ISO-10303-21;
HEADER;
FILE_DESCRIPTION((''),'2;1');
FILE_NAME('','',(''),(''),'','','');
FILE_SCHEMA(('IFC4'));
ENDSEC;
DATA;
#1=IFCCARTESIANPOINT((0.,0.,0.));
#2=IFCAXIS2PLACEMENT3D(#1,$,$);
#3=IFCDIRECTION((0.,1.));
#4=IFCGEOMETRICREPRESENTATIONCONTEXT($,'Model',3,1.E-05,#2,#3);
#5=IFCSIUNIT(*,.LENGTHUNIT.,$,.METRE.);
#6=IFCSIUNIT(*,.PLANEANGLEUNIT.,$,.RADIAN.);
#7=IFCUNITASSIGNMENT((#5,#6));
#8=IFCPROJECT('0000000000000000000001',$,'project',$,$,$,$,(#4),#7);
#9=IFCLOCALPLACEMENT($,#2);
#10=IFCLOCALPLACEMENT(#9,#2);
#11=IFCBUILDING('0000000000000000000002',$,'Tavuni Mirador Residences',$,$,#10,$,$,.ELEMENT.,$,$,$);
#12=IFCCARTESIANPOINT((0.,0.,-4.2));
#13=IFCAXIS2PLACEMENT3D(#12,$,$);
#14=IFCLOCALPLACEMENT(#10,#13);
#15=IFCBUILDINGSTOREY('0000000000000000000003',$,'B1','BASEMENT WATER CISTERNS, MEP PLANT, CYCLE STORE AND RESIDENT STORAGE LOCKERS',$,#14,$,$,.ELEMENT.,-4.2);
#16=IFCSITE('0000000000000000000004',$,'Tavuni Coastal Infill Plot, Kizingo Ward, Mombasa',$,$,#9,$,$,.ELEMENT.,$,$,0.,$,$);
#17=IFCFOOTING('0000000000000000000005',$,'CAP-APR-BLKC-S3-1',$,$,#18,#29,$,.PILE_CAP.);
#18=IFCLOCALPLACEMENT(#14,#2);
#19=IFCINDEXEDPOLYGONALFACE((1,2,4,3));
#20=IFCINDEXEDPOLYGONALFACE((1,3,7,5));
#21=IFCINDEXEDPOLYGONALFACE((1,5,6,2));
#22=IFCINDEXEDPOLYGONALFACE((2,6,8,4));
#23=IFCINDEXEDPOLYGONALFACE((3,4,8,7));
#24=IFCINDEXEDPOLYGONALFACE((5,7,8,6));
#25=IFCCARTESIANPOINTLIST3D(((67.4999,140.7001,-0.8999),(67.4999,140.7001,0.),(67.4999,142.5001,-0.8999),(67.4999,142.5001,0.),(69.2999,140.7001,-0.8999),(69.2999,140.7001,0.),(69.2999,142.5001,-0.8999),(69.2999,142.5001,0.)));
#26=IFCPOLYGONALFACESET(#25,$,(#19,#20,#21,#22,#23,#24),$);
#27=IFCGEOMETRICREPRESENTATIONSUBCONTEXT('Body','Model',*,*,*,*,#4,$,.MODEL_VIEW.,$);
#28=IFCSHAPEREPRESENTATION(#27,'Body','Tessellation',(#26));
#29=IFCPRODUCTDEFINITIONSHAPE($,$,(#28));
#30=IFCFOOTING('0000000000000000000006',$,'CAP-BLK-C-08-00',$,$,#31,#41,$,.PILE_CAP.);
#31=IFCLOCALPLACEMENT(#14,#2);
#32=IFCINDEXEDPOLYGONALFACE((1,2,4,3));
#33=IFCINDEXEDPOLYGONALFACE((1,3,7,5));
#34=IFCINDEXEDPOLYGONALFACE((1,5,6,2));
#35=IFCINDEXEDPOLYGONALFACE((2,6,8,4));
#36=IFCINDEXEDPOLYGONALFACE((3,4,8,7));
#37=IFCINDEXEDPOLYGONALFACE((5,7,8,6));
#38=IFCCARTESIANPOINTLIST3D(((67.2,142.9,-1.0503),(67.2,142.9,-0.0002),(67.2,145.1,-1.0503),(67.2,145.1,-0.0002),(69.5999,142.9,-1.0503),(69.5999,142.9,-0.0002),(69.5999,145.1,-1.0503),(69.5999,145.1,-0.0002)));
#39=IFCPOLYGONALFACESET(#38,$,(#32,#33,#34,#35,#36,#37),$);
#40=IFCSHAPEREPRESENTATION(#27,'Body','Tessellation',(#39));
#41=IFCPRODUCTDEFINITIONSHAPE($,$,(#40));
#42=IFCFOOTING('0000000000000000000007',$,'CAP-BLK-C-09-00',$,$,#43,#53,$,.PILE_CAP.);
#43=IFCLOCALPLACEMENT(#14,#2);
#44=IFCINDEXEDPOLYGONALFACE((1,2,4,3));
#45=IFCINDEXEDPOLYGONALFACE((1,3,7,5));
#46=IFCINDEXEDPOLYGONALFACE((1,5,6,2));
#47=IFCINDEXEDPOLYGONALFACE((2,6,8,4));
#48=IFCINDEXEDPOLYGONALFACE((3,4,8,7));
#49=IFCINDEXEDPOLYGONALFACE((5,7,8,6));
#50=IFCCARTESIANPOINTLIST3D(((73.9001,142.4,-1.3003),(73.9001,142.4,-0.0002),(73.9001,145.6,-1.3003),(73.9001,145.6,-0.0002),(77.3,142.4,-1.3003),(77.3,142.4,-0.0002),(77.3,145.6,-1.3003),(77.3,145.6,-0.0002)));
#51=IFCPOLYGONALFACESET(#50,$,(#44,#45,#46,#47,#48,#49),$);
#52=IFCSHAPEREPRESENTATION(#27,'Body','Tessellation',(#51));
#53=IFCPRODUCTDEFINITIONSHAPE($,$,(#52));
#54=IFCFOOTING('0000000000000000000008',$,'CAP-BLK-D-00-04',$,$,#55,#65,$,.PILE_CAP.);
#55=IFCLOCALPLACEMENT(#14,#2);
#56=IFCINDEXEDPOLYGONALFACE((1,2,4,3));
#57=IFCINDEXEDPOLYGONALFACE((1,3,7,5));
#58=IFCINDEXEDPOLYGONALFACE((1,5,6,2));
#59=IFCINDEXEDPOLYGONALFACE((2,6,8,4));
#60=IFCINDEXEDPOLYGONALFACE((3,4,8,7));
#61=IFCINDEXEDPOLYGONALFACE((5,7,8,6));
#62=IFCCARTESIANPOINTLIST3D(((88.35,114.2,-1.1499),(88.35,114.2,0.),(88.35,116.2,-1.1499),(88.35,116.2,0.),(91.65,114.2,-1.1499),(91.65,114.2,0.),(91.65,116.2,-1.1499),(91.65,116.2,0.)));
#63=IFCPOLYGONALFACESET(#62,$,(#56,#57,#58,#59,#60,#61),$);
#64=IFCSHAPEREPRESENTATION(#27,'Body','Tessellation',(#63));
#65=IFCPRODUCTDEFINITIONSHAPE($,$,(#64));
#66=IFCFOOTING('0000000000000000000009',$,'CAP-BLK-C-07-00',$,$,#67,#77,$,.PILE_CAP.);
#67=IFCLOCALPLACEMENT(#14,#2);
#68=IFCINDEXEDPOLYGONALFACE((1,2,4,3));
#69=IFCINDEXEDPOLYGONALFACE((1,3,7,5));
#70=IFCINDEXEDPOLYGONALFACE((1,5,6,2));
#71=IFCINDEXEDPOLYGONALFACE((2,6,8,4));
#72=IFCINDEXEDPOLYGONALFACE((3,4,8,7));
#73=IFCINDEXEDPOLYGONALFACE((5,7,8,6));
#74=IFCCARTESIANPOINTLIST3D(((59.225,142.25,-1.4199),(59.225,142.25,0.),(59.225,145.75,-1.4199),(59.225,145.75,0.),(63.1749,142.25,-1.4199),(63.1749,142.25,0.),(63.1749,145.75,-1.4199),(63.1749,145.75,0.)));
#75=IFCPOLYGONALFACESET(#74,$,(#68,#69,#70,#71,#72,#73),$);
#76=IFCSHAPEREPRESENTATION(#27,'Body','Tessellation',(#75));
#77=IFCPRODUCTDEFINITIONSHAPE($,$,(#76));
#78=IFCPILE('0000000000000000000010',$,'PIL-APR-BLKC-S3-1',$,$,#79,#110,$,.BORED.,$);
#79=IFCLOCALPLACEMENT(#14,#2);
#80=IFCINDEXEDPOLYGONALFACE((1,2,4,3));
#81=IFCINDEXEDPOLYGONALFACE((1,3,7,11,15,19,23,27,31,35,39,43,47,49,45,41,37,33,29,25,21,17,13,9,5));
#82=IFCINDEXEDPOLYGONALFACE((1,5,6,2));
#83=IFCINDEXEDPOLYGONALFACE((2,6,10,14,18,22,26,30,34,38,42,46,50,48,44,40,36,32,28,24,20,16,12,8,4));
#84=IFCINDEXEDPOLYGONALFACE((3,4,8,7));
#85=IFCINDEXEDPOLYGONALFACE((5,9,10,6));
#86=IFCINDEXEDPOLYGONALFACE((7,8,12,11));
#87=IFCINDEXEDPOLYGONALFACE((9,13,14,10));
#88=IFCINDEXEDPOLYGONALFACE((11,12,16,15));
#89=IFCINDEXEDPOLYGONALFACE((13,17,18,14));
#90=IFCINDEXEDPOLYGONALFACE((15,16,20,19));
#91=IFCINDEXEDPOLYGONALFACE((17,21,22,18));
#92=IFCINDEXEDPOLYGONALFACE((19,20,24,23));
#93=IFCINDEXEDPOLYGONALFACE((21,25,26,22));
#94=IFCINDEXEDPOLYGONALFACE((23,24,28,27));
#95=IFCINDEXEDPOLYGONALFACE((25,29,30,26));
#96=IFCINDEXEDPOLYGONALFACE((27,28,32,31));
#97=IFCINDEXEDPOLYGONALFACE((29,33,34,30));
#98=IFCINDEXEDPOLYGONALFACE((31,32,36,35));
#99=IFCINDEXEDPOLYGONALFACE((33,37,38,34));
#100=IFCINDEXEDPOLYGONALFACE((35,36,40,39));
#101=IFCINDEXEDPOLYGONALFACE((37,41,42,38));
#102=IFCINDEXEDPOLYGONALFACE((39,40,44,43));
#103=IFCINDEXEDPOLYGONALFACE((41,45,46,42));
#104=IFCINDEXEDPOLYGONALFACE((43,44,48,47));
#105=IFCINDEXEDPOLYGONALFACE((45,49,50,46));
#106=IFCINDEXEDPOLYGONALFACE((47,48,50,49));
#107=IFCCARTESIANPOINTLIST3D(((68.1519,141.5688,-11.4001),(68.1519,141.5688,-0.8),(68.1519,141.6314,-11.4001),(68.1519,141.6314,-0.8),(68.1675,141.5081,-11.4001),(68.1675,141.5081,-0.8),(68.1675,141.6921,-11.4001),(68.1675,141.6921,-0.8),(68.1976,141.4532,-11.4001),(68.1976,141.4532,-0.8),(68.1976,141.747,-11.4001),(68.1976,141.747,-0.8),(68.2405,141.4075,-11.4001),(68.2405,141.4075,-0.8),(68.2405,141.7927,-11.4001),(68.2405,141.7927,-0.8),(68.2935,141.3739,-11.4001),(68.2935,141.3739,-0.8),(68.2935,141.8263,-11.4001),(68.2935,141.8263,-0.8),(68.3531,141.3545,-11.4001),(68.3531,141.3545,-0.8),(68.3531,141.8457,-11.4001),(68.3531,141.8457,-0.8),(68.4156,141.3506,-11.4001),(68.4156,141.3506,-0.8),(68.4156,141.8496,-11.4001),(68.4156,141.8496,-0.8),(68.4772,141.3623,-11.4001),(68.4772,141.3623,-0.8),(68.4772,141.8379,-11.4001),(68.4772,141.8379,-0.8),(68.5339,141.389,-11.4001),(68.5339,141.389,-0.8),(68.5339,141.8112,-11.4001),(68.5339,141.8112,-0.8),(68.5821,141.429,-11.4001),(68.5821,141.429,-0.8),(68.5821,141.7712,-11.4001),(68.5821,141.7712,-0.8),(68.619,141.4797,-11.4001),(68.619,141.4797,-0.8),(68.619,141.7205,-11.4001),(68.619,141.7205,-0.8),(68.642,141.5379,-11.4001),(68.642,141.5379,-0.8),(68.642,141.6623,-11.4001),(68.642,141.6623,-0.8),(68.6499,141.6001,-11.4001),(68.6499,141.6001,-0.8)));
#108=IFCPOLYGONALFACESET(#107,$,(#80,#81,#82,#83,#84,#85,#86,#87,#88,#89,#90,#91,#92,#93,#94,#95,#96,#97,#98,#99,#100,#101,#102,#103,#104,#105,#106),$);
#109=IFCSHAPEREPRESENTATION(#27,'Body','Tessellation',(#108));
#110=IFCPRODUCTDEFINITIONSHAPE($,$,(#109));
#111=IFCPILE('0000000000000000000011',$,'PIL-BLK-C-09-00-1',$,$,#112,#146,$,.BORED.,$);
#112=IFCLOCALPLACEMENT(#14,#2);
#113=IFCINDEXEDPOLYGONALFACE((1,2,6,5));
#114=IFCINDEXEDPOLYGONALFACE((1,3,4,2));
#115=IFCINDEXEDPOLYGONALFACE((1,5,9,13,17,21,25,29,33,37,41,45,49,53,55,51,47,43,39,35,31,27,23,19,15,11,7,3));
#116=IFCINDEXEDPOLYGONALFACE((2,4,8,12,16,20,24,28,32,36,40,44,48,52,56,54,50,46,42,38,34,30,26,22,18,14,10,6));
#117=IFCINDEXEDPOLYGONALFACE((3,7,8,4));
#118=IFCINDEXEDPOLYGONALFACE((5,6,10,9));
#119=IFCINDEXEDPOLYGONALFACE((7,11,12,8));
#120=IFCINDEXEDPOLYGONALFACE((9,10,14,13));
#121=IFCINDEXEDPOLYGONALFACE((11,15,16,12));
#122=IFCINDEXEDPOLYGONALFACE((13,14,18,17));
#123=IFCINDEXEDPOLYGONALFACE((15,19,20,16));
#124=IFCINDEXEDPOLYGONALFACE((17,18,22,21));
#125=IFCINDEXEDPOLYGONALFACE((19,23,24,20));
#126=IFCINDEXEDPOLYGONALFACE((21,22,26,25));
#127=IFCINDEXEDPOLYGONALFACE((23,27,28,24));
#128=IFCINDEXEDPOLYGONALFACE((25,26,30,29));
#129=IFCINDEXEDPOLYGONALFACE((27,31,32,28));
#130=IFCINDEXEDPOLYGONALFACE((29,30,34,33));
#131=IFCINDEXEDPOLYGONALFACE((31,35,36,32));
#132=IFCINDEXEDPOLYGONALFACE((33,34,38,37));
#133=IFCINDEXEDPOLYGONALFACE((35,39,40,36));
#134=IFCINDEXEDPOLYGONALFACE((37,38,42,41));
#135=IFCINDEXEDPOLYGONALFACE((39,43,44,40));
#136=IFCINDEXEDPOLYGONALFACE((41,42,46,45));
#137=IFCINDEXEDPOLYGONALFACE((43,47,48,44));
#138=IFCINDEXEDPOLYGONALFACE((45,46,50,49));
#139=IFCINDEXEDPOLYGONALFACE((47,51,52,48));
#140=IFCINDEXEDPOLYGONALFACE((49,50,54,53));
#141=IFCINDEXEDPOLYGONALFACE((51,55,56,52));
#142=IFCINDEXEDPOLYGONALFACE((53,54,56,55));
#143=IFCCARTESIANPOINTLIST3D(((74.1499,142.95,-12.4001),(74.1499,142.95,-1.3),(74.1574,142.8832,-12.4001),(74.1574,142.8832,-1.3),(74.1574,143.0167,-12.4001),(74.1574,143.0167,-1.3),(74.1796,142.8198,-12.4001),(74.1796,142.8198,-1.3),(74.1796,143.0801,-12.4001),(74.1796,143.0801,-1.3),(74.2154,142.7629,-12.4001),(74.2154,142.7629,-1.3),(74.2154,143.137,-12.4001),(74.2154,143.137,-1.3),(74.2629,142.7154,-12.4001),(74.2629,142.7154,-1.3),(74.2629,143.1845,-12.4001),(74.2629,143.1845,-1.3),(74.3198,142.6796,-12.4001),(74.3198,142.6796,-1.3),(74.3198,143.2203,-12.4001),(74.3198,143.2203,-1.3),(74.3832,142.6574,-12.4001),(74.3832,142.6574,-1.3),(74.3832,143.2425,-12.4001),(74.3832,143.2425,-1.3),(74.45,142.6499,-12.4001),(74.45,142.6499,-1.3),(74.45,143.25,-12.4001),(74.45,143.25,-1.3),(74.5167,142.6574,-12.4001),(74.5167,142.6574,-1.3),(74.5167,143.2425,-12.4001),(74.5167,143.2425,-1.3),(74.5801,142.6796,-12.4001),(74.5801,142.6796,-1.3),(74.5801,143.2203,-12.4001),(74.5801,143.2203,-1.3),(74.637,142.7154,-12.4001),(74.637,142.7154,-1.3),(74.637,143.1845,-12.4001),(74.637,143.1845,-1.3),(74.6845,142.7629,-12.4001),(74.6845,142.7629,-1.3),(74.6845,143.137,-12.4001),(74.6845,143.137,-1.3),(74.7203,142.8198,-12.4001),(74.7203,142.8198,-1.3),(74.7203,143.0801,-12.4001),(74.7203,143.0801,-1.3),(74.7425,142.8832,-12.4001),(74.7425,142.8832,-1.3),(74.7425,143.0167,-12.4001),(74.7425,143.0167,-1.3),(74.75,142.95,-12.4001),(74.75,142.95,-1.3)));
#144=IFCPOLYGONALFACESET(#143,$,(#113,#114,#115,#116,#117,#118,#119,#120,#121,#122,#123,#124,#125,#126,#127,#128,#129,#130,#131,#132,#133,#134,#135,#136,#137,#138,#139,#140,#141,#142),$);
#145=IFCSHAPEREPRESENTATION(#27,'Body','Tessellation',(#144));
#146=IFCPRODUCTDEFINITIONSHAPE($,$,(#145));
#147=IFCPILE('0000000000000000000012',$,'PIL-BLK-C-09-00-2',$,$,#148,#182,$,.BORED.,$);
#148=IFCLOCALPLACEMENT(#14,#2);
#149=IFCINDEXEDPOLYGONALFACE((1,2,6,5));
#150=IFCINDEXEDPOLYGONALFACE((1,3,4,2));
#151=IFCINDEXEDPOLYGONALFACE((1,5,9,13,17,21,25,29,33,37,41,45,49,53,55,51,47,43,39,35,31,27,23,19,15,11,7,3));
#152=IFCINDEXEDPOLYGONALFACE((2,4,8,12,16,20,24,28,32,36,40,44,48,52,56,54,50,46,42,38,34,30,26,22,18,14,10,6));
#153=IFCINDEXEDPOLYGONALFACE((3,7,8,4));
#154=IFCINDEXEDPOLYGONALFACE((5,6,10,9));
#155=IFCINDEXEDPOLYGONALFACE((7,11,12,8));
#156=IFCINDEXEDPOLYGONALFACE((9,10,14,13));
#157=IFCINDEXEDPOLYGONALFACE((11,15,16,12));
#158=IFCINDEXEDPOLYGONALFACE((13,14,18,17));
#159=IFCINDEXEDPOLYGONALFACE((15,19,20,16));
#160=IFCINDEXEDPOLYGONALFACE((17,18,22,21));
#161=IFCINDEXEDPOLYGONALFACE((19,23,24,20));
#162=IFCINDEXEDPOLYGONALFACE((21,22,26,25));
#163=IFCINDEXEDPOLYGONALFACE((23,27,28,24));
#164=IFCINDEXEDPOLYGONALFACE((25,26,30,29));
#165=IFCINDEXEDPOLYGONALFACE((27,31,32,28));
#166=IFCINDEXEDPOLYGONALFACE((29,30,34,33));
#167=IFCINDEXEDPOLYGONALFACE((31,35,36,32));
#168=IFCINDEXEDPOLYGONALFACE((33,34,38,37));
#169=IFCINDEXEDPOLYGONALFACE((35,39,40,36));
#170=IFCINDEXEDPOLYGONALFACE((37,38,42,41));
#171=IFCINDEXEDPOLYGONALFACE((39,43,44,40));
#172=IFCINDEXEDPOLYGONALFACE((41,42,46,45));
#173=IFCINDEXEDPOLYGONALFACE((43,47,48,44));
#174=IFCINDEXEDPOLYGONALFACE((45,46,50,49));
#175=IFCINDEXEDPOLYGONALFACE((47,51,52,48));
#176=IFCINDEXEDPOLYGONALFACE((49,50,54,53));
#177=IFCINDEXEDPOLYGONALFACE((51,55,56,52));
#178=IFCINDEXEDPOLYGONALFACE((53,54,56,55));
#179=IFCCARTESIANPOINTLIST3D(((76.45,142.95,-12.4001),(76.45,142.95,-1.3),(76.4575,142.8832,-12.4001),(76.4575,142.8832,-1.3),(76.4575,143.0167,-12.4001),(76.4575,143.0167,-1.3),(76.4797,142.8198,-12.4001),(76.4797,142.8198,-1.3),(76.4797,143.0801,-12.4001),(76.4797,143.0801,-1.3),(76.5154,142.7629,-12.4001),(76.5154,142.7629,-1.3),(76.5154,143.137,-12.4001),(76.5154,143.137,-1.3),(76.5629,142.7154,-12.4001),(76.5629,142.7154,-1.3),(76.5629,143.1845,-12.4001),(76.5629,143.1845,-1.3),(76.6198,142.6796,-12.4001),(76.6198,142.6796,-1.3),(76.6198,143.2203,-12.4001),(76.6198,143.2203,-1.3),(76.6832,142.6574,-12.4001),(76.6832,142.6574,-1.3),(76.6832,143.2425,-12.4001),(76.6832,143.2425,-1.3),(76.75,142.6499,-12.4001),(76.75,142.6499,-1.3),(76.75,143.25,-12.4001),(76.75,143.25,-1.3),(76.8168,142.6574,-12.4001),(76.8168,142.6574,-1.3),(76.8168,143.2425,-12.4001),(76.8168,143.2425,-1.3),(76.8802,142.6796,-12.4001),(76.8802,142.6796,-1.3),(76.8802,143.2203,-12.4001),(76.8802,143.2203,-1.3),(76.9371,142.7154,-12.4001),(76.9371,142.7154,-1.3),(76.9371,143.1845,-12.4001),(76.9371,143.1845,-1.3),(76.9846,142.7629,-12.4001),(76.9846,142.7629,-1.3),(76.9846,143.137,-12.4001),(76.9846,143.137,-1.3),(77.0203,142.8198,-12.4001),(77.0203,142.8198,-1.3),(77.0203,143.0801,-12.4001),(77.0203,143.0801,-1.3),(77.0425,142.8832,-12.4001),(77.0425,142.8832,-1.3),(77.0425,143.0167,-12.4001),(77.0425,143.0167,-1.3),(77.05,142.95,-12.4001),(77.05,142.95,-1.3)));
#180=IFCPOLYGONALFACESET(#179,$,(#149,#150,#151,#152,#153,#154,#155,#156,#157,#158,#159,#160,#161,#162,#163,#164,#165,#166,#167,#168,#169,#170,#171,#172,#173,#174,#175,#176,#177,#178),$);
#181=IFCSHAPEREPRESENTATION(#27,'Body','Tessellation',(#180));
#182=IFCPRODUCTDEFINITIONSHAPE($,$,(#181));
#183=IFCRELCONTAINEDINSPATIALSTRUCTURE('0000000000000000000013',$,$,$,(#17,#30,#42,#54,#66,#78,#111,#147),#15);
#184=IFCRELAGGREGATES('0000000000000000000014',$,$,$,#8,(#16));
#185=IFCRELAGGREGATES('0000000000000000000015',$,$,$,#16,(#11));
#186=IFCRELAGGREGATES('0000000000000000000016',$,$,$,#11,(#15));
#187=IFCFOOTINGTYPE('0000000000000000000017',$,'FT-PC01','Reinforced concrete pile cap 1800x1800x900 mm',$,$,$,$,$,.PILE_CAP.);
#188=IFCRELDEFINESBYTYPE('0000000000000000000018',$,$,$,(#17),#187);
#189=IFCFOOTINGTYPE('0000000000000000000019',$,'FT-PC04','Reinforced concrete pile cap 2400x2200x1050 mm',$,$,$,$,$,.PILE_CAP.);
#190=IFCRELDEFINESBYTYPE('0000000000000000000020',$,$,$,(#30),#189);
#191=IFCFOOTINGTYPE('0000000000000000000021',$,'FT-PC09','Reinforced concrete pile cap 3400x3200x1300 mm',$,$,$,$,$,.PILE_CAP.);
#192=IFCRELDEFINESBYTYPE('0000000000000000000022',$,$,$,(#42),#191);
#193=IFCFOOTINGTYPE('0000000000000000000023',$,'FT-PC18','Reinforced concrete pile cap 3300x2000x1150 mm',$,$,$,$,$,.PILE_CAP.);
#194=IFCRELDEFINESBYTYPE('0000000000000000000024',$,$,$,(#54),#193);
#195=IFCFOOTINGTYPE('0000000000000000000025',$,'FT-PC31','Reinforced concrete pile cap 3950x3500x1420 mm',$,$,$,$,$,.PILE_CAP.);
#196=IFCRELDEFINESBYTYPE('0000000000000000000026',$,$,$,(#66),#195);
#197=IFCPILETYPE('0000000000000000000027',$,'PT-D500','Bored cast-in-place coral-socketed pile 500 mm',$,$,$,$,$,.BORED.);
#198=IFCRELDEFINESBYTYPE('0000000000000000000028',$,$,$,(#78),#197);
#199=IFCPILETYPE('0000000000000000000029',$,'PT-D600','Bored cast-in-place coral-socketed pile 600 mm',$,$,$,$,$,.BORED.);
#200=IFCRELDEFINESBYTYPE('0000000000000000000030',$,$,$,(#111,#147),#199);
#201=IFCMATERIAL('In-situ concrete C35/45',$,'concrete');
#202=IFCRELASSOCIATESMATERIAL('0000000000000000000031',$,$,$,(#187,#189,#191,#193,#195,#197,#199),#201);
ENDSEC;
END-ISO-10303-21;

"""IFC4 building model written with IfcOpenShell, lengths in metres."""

from ifc_helpers import new_model, si_unit, direction, frame, origin, origin_2d, place, context, subcontext, project, spatial, rectangle, circle, extrude, material, material_profile, profile_set, type_object, element, save


model = new_model("IFC4")

# Units and contexts
model_context = context("Model", 3, precision=1e-05, world=origin(), true_north=direction((0.0, 1.0)))
body_context = subcontext(model_context, "Body", "Model", "MODEL_VIEW")
ifc_project = project(units=[si_unit("LENGTHUNIT", "METRE"), si_unit("PLANEANGLEUNIT", "RADIAN")], contexts=[model_context])

# Site, building, storey
site_placement = place(None, origin())
site = spatial("IfcSite", under=ifc_project, at=site_placement, Name="Tavuni Coastal Infill Plot, Kizingo Ward, Mombasa", CompositionType="ELEMENT", RefElevation=0.0)
building_placement = place(site_placement, origin())
building = spatial("IfcBuilding", under=site, at=building_placement, Name="Tavuni Mirador Residences", CompositionType="ELEMENT")
storey_placement = place(building_placement, frame((0.0, 0.0, -4.2)))
storey = spatial("IfcBuildingStorey", under=building, at=storey_placement, Name="B1", Description="BASEMENT WATER CISTERNS, MEP PLANT, CYCLE STORE AND RESIDENT STORAGE LOCKERS", CompositionType="ELEMENT", Elevation=-4.2)

# Footings
ifc_material_1 = material(Name="In-situ concrete C35/45", Category="concrete")
footing_type_1 = type_object("IfcFootingType", Name="FT-PC01", Description="Reinforced concrete pile cap 1800x1800x900 mm", PredefinedType="PILE_CAP", material=ifc_material_1)
footing_1_placement = place(storey_placement, frame((68.3999, 141.6001, -0.8999), z_axis=(0.0, 0.0, 1.0), x_axis=(1.0, 0.0, 0.0)))
element("IfcFooting", 1, at=footing_1_placement, inside=storey, type_object=footing_type_1, Name="CAP-APR-BLKC-S3-1", PredefinedType="PILE_CAP", context=body_context, shape_type="SweptSolid", body=[
    extrude(rectangle(XDim=1.8, YDim=1.8, at=origin_2d()), origin(), (0.0, 0.0, 1.0), 0.8999),
])
footing_type_2 = type_object("IfcFootingType", Name="FT-PC04", Description="Reinforced concrete pile cap 2400x2200x1050 mm", PredefinedType="PILE_CAP", material=ifc_material_1)
footing_2_placement = place(storey_placement, frame((68.3999, 144.0, -1.0503), z_axis=(0.0, 0.0, 1.0), x_axis=(1.0, 0.0, 0.0)))
element("IfcFooting", 2, at=footing_2_placement, inside=storey, type_object=footing_type_2, Name="CAP-BLK-C-08-00", PredefinedType="PILE_CAP", context=body_context, shape_type="SweptSolid", body=[
    extrude(rectangle(XDim=2.3999, YDim=2.2, at=origin_2d()), origin(), (0.0, 0.0, 1.0), 1.05),
])
footing_type_3 = type_object("IfcFootingType", Name="FT-PC09", Description="Reinforced concrete pile cap 3400x3200x1300 mm", PredefinedType="PILE_CAP", material=ifc_material_1)
footing_3_placement = place(storey_placement, frame((75.6001, 144.0, -1.3003), z_axis=(0.0, 0.0, 1.0), x_axis=(1.0, 0.0, 0.0)))
element("IfcFooting", 3, at=footing_3_placement, inside=storey, type_object=footing_type_3, Name="CAP-BLK-C-09-00", PredefinedType="PILE_CAP", context=body_context, shape_type="SweptSolid", body=[
    extrude(rectangle(XDim=3.3999, YDim=3.2, at=origin_2d()), origin(), (0.0, 0.0, 1.0), 1.3),
])
footing_type_4 = type_object("IfcFootingType", Name="FT-PC18", Description="Reinforced concrete pile cap 3300x2000x1150 mm", PredefinedType="PILE_CAP", material=ifc_material_1)
footing_4_placement = place(storey_placement, frame((90.0, 115.2, -1.1499), z_axis=(0.0, 0.0, 1.0), x_axis=(1.0, 0.0, 0.0)))
element("IfcFooting", 4, at=footing_4_placement, inside=storey, type_object=footing_type_4, Name="CAP-BLK-D-00-04", PredefinedType="PILE_CAP", context=body_context, shape_type="SweptSolid", body=[
    extrude(rectangle(XDim=3.3, YDim=2.0, at=origin_2d()), origin(), (0.0, 0.0, 1.0), 1.1499),
])
footing_type_5 = type_object("IfcFootingType", Name="FT-PC31", Description="Reinforced concrete pile cap 3950x3500x1420 mm", PredefinedType="PILE_CAP", material=ifc_material_1)
footing_5_placement = place(storey_placement, frame((61.2, 144.0, -1.4199), z_axis=(0.0, 0.0, 1.0), x_axis=(1.0, 0.0, 0.0)))
element("IfcFooting", 5, at=footing_5_placement, inside=storey, type_object=footing_type_5, Name="CAP-BLK-C-07-00", PredefinedType="PILE_CAP", context=body_context, shape_type="SweptSolid", body=[
    extrude(rectangle(XDim=3.95, YDim=3.5, at=origin_2d()), origin(), (0.0, 0.0, 1.0), 1.4199),
])

# Piles
ifc_material_profile_1 = material_profile(ifc_material_1, circle(Radius=0.25, at=origin_2d()), Name="PILE D500", Category="concrete")
ifc_profile_set_1 = profile_set([ifc_material_profile_1], Name="In-situ concrete C35/45")
pile_type_1 = type_object("IfcPileType", Name="PT-D500", Description="Bored cast-in-place coral-socketed pile 500 mm", PredefinedType="BORED", material=ifc_profile_set_1)
pile_1_placement = place(storey_placement, frame((68.3999, 141.6001, -0.8), z_axis=(0.0, 0.0, -1.0), x_axis=(1.0, 0.0, 0.0)))
element("IfcPile", 6, at=pile_1_placement, inside=storey, type_object=pile_type_1, Name="PIL-APR-BLKC-S3-1", PredefinedType="BORED", context=body_context, shape_type="SweptSolid", body=[
    extrude(circle(Radius=0.25, at=origin_2d()), origin(), (0.0, 0.0, 1.0), 10.6001),
])
ifc_material_profile_2 = material_profile(ifc_material_1, circle(Radius=0.3, at=origin_2d()), Name="PILE D600", Category="concrete")
ifc_profile_set_2 = profile_set([ifc_material_profile_2], Name="In-situ concrete C35/45")
pile_type_2 = type_object("IfcPileType", Name="PT-D600", Description="Bored cast-in-place coral-socketed pile 600 mm", PredefinedType="BORED", material=ifc_profile_set_2)
for number, where, z_axis, x_axis, name in (
    (7, (74.45, 142.95, -1.3), (0.0, 0.0, -1.0), (1.0, 0.0, 0.0), "PIL-BLK-C-09-00-1"),
    (8, (76.75, 142.95, -1.3), (0.0, 0.0, -1.0), (1.0, 0.0, 0.0), "PIL-BLK-C-09-00-2"),
):
    element("IfcPile", number, at=place(storey_placement, frame(where, z_axis=z_axis, x_axis=x_axis)), inside=storey, type_object=pile_type_2, Name=name, PredefinedType="BORED", context=body_context, shape_type="SweptSolid", body=[
        extrude(circle(Radius=0.3, at=origin_2d()), origin(), (0.0, 0.0, 1.0), 11.1001),
    ])

save(model, "model.ifc")
